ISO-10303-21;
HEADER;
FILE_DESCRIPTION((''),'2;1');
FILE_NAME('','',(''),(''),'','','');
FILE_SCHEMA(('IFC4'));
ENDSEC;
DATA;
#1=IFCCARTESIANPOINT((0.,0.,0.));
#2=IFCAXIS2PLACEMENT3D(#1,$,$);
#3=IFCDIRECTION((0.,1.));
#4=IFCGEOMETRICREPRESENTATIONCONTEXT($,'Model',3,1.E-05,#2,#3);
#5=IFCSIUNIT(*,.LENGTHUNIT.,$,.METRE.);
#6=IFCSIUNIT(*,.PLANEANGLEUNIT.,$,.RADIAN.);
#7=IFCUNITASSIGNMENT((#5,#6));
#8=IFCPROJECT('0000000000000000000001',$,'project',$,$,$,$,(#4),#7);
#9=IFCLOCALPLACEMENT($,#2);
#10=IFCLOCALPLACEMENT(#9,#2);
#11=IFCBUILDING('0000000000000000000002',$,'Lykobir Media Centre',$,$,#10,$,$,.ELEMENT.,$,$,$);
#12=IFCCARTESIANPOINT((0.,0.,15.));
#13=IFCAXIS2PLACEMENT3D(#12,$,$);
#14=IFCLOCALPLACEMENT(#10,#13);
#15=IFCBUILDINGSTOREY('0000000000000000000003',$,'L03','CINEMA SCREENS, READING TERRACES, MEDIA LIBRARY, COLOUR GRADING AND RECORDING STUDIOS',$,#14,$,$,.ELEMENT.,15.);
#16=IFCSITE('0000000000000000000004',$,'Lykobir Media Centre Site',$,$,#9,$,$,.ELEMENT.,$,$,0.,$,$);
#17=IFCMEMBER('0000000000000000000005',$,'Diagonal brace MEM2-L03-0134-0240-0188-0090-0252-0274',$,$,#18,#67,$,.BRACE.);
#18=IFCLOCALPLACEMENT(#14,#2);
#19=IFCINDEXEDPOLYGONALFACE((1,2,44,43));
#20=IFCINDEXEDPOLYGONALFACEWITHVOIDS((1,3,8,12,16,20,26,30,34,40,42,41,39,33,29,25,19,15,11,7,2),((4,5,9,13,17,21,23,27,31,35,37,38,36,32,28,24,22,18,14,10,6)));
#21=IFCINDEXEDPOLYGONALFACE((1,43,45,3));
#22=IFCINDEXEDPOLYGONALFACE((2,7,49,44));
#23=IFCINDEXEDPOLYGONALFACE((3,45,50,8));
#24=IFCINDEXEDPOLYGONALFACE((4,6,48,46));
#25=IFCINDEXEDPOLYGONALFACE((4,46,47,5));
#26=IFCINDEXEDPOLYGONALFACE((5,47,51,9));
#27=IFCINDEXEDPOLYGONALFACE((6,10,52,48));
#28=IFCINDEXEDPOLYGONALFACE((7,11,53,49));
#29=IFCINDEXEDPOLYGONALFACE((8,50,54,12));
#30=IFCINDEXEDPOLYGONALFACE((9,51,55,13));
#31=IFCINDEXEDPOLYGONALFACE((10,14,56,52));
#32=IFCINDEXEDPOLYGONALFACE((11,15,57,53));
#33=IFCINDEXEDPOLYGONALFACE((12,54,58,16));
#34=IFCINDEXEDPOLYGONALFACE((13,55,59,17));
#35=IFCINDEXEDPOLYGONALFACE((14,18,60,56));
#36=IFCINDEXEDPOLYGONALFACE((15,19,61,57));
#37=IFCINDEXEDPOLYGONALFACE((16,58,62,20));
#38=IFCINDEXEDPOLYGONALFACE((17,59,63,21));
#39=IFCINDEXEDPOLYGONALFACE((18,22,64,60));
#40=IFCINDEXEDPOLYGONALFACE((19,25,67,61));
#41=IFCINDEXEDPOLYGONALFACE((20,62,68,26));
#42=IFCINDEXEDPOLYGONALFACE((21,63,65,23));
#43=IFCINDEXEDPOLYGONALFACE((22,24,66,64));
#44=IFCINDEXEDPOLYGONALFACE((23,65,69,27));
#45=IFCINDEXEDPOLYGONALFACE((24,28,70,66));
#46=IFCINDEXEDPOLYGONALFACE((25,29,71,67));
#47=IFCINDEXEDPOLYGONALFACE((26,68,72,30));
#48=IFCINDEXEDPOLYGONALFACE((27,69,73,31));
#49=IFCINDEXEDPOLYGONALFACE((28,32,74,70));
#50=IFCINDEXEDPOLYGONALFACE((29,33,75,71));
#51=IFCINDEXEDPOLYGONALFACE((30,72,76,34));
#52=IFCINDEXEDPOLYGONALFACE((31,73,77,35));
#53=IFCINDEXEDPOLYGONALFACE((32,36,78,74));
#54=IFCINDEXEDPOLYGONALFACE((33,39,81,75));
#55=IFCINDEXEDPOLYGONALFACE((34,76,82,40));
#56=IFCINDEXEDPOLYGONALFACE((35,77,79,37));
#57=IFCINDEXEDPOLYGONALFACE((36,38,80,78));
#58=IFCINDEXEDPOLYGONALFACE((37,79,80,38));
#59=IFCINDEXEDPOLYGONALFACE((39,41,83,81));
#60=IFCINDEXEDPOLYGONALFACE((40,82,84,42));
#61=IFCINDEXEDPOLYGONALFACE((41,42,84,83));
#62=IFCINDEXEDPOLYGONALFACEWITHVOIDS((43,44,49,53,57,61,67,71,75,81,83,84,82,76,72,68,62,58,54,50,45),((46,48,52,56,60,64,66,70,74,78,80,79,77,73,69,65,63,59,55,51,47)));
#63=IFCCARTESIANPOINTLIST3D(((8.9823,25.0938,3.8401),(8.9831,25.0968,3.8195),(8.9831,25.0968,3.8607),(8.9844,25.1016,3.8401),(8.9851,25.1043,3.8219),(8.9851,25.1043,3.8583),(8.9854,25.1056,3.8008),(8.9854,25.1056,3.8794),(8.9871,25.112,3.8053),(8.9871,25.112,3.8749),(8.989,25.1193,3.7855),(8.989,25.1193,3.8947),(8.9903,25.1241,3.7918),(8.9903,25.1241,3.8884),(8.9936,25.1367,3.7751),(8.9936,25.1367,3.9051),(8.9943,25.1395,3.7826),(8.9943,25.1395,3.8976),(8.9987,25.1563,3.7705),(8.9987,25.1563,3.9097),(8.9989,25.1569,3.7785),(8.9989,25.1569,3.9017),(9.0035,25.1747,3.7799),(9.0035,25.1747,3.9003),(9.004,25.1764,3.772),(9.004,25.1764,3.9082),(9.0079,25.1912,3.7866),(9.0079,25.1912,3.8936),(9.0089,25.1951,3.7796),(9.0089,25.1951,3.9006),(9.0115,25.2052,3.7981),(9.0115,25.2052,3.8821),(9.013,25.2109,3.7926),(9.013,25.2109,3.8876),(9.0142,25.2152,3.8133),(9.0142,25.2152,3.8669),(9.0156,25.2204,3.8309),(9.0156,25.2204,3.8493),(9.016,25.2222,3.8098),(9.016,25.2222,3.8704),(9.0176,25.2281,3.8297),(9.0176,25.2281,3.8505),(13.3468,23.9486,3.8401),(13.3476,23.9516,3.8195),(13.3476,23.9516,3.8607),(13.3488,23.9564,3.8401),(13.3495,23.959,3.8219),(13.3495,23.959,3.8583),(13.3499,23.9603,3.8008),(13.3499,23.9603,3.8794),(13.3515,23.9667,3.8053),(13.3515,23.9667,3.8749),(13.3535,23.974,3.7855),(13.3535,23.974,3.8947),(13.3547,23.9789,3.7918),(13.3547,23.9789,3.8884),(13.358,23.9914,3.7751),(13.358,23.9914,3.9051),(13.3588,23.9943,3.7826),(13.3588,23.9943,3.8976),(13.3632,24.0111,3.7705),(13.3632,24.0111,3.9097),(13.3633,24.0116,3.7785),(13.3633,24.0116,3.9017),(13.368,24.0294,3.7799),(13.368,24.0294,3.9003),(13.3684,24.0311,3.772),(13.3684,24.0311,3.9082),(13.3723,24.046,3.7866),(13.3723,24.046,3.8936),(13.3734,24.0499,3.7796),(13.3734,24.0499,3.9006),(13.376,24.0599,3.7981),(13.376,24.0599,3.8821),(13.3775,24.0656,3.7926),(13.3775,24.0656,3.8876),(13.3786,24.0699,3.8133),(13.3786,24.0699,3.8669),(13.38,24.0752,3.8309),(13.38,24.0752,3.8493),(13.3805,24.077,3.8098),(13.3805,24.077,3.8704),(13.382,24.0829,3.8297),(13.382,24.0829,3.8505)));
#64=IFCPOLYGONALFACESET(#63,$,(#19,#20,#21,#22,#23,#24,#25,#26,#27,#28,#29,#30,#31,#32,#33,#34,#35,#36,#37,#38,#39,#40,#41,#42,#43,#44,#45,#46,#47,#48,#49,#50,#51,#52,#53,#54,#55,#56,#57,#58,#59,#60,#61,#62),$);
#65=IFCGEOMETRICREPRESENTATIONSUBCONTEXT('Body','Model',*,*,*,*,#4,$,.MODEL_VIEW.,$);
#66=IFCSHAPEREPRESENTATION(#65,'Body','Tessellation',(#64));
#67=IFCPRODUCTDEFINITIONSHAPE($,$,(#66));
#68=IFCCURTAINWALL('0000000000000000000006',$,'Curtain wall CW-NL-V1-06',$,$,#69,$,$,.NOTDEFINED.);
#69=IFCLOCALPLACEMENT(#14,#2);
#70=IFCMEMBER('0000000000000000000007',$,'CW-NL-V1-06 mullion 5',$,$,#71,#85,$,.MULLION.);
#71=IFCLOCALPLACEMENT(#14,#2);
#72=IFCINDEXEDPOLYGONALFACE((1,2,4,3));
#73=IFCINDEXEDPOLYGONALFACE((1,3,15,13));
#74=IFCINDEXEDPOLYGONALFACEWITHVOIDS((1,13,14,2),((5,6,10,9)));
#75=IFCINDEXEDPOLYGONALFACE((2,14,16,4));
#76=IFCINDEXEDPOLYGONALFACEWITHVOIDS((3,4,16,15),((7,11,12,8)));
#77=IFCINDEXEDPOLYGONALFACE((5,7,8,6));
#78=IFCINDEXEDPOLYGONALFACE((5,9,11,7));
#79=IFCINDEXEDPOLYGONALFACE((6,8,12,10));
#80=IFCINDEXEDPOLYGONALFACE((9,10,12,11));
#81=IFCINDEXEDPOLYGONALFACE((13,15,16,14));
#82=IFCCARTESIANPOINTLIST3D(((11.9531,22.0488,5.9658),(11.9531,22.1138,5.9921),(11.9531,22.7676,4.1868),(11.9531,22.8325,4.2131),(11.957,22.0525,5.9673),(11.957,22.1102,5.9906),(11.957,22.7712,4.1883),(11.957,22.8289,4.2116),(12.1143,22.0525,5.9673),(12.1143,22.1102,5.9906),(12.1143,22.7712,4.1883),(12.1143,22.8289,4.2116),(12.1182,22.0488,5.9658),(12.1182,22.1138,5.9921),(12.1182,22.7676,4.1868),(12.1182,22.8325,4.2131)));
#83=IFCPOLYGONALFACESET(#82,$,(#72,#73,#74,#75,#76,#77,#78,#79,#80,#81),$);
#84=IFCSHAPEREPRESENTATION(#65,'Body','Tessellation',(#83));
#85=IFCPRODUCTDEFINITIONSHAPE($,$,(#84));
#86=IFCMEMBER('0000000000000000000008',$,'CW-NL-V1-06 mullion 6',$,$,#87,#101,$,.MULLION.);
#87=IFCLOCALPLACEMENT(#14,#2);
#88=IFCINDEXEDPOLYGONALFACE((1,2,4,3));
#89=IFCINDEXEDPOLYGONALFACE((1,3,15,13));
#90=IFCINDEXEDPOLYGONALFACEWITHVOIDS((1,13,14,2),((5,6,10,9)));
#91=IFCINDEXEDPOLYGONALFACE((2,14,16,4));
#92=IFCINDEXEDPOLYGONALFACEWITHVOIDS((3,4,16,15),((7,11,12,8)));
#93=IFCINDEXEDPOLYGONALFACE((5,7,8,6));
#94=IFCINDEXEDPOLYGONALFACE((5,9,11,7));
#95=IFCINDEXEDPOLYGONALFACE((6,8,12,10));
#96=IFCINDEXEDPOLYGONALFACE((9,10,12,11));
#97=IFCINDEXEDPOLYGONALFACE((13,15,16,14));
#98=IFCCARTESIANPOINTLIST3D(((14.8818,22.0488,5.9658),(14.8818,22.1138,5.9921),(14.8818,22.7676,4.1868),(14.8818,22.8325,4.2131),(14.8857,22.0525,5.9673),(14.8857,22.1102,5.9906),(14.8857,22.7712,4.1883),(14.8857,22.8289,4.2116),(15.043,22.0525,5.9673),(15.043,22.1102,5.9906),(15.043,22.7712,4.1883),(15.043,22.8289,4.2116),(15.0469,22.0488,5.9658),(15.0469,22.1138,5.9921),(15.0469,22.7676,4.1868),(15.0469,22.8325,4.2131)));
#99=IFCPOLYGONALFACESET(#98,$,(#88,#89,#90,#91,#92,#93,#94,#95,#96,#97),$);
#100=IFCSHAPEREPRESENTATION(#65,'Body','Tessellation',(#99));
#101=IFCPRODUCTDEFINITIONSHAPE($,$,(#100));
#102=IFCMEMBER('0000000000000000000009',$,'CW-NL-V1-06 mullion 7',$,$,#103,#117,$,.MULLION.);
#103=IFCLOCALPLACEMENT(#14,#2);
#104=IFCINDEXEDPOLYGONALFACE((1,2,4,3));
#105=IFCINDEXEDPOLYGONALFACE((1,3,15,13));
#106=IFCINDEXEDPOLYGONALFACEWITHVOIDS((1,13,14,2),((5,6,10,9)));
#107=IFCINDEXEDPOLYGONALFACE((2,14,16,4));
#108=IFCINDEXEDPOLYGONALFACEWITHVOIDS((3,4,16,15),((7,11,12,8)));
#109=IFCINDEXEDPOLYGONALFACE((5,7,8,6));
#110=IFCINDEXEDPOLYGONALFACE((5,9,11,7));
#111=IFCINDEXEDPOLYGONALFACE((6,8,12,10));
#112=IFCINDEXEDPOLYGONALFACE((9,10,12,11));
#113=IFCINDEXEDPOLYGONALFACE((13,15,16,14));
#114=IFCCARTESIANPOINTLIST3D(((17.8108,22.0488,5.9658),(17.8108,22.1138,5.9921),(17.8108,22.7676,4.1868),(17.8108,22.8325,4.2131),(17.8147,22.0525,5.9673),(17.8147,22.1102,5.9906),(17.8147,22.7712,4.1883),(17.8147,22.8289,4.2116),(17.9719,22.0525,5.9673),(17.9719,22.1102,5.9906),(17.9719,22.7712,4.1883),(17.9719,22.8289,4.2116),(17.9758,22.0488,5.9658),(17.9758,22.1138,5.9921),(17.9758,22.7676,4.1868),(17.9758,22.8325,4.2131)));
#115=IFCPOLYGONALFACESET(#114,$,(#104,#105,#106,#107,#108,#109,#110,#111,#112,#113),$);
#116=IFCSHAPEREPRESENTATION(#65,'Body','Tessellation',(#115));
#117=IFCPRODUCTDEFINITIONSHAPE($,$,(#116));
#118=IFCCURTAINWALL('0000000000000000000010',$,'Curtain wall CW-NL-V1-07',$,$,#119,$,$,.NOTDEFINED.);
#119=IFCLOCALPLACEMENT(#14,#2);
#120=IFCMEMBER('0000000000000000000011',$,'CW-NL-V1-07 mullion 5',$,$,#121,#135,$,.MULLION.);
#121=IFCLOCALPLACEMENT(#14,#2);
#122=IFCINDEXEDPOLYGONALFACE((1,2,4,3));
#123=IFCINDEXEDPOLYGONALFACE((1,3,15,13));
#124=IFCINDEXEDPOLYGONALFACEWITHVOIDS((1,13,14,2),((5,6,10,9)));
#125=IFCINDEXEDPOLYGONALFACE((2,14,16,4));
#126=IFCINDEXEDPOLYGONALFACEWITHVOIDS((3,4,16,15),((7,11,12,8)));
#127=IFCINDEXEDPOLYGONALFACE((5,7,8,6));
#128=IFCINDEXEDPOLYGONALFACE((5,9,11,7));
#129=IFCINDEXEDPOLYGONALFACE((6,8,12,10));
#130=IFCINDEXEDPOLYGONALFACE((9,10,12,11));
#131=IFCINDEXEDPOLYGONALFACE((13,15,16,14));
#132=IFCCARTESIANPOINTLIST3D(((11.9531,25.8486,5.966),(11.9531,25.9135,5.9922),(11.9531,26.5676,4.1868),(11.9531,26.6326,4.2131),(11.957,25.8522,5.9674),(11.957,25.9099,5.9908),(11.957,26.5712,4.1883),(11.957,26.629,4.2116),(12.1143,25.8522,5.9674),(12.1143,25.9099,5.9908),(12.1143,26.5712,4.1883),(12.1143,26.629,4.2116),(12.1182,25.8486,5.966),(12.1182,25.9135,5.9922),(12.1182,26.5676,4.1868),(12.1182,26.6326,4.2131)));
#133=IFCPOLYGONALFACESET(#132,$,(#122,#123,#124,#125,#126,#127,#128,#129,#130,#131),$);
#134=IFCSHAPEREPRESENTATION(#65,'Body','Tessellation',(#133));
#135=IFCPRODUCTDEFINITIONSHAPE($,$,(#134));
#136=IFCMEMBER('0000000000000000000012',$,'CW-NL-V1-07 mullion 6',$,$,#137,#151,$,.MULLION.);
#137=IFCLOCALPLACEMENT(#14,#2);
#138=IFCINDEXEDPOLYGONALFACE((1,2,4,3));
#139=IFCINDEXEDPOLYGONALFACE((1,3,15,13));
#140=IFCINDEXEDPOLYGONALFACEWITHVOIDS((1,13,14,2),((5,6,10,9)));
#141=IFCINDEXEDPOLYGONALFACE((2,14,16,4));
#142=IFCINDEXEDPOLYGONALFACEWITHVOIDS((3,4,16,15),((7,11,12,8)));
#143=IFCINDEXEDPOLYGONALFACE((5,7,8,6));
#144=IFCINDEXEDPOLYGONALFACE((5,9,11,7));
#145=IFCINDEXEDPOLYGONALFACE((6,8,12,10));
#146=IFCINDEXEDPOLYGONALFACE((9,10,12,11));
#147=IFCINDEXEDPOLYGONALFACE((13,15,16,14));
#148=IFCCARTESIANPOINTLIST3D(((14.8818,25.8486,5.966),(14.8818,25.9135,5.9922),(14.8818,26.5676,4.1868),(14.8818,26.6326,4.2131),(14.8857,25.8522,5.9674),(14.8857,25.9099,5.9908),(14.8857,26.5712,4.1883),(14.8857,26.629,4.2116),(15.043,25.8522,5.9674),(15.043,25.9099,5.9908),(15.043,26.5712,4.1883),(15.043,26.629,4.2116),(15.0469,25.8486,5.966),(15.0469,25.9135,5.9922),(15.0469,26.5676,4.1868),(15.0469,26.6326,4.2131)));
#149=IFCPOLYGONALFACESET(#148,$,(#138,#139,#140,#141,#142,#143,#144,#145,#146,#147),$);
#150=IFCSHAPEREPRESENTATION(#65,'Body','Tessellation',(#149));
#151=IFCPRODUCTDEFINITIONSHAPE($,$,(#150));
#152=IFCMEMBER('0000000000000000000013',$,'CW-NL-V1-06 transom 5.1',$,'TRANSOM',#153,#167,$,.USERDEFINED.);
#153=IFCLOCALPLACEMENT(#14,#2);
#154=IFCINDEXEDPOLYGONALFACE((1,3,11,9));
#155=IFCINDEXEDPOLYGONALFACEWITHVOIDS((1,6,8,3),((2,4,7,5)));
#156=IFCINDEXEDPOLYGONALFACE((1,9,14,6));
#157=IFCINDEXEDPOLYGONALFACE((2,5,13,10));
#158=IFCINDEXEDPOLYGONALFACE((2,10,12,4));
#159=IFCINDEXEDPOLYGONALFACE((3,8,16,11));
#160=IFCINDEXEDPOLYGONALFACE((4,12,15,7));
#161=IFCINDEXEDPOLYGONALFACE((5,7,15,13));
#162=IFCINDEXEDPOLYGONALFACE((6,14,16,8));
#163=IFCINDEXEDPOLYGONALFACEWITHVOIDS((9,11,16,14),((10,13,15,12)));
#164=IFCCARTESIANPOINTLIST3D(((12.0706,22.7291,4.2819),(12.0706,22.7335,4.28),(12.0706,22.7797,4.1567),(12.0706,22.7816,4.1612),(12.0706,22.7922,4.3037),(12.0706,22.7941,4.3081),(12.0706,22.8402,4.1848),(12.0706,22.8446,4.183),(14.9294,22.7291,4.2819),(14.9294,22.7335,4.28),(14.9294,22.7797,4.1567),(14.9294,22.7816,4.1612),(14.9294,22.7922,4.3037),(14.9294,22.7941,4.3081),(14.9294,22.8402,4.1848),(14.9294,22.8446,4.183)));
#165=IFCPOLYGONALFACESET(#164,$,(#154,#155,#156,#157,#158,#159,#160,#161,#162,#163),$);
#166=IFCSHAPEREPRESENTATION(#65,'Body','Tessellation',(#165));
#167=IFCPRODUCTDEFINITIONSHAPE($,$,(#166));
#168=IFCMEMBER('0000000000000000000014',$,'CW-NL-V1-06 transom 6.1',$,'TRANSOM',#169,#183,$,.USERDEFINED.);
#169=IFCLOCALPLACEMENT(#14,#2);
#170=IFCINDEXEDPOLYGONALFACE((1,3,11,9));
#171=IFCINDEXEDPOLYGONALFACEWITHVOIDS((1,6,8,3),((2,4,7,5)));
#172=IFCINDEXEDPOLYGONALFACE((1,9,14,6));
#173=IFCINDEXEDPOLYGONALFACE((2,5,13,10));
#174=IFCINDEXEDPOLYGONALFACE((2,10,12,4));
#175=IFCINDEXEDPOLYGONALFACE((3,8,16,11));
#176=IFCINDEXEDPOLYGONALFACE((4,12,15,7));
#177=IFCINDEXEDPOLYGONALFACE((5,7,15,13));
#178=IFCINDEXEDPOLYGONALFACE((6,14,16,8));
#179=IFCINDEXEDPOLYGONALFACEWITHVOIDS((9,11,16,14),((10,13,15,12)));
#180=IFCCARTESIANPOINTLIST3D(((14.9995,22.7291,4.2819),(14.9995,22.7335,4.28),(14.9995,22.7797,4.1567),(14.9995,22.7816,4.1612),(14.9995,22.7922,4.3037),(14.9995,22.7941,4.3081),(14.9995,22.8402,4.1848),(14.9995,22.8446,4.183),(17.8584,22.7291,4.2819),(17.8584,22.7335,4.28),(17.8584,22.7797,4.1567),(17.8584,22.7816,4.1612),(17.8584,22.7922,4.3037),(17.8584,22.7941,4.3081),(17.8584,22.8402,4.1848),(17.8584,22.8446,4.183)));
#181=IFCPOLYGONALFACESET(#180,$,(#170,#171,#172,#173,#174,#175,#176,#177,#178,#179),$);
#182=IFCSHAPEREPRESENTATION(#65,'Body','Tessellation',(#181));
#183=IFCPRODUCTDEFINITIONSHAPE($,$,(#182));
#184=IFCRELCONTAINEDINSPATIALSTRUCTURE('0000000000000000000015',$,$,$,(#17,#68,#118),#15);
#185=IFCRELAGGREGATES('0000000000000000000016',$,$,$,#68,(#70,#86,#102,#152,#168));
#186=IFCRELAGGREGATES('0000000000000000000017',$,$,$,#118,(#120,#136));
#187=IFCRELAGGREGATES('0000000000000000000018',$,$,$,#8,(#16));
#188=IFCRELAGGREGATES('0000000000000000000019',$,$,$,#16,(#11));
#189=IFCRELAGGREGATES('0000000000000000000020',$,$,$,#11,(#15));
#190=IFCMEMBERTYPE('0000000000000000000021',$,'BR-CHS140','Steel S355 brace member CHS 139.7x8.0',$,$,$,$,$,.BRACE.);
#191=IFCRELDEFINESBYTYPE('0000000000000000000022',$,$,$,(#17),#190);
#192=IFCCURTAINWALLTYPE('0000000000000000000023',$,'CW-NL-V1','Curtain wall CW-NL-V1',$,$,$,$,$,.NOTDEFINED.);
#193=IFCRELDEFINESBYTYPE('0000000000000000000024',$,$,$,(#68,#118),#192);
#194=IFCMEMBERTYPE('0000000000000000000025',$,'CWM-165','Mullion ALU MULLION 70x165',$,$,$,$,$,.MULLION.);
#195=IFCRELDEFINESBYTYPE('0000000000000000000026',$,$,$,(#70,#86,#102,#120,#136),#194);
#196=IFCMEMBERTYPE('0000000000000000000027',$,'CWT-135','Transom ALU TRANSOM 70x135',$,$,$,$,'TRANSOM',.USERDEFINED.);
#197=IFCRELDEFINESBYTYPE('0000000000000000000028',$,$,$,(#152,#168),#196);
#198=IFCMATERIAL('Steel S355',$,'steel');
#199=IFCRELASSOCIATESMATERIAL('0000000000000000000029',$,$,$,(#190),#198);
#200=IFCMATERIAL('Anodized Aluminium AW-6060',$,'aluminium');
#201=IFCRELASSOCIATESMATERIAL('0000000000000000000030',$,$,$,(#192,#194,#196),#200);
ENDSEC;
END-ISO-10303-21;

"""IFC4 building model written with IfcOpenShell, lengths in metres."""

from ifc_helpers import new_model, si_unit, direction, frame, origin, origin_2d, place, context, subcontext, project, spatial, hollow_rectangle, hollow_circle, extrude, material, material_profile, profile_set, type_object, element, aggregate, save


model = new_model("IFC4")

# Units and contexts
model_context = context("Model", 3, precision=1e-05, world=origin(), true_north=direction((0.0, 1.0)))
body_context = subcontext(model_context, "Body", "Model", "MODEL_VIEW")
ifc_project = project(units=[si_unit("LENGTHUNIT", "METRE"), si_unit("PLANEANGLEUNIT", "RADIAN")], contexts=[model_context])

# Site, building, storey
site_placement = place(None, origin())
site = spatial("IfcSite", under=ifc_project, at=site_placement, Name="Lykobir Media Centre Site", CompositionType="ELEMENT", RefElevation=0.0)
building_placement = place(site_placement, origin())
building = spatial("IfcBuilding", under=site, at=building_placement, Name="Lykobir Media Centre", CompositionType="ELEMENT")
storey_placement = place(building_placement, frame((0.0, 0.0, 15.0)))
storey = spatial("IfcBuildingStorey", under=building, at=storey_placement, Name="L03", Description="CINEMA SCREENS, READING TERRACES, MEDIA LIBRARY, COLOUR GRADING AND RECORDING STUDIOS", CompositionType="ELEMENT", Elevation=15.0)

# Member
ifc_material_1 = material(Name="Steel S355", Category="steel")
ifc_material_profile_1 = material_profile(ifc_material_1, hollow_circle(Radius=0.0698, WallThickness=0.0081, at=origin_2d()), Name="CHS 139.7x8.0")
ifc_profile_set_1 = profile_set([ifc_material_profile_1], Name="Steel S355")
member_type_1 = type_object("IfcMemberType", Name="BR-CHS140", Description="Steel S355 brace member CHS 139.7x8.0", PredefinedType="BRACE", material=ifc_profile_set_1)
member_1_placement = place(storey_placement, frame((13.3645, 24.0161, 3.8401), z_axis=(-0.967254, 0.253811, 0.0), x_axis=(-0.253811, -0.967254, 0.0)))
element("IfcMember", 1, at=member_1_placement, inside=storey, type_object=member_type_1, Name="Diagonal brace MEM2-L03-0134-0240-0188-0090-0252-0274", PredefinedType="BRACE", context=body_context, shape_type="SweptSolid", body=[
    extrude(hollow_circle(Radius=0.0698, WallThickness=0.0081, at=origin_2d()), origin(), (0.0, 0.0, 1.0), 4.5122),
])

# Curtain walls, members
ifc_material_2 = material(Name="Anodized Aluminium AW-6060", Category="aluminium")
curtain_wall_type = type_object("IfcCurtainWallType", Name="CW-NL-V1", Description="Curtain wall CW-NL-V1", PredefinedType="NOTDEFINED", material=ifc_material_2)
curtain_wall_1_placement = place(storey_placement, origin())
curtain_wall_1 = element("IfcCurtainWall", 2, at=curtain_wall_1_placement, inside=storey, type_object=curtain_wall_type, Name="Curtain wall CW-NL-V1-06", PredefinedType="NOTDEFINED")
ifc_material_profile_2 = material_profile(ifc_material_2, hollow_rectangle(XDim=0.0701, YDim=0.165, WallThickness=0.0039, at=origin_2d()), Name="ALU MULLION 70x165")
ifc_profile_set_2 = profile_set([ifc_material_profile_2], Name="Anodized Aluminium AW-6060")
member_type_2 = type_object("IfcMemberType", Name="CWM-165", Description="Mullion ALU MULLION 70x165", PredefinedType="MULLION", material=ifc_profile_set_2)
member_2_placement = place(storey_placement, frame((12.0356, 22.8, 4.2), z_axis=(0.0, -0.374591, 0.92719), x_axis=(0.0, 0.92719, 0.374591)))
member_2 = element("IfcMember", 3, at=member_2_placement, type_object=member_type_2, Name="CW-NL-V1-06 mullion 5", PredefinedType="MULLION", context=body_context, shape_type="SweptSolid", body=[
    extrude(hollow_rectangle(XDim=0.0701, YDim=0.165, WallThickness=0.0039, at=origin_2d()), origin(), (0.0, 0.0, 1.0), 1.9187),
])
member_3_placement = place(storey_placement, frame((14.9644, 22.8, 4.2), z_axis=(0.0, -0.374591, 0.92719), x_axis=(0.0, 0.92719, 0.374591)))
member_3 = element("IfcMember", 4, at=member_3_placement, type_object=member_type_2, Name="CW-NL-V1-06 mullion 6", PredefinedType="MULLION", context=body_context, shape_type="SweptSolid", body=[
    extrude(hollow_rectangle(XDim=0.0701, YDim=0.165, WallThickness=0.0039, at=origin_2d()), origin(), (0.0, 0.0, 1.0), 1.9187),
])
member_4_placement = place(storey_placement, frame((17.8933, 22.8, 4.2), z_axis=(0.0, -0.374591, 0.92719), x_axis=(0.0, 0.92719, 0.374591)))
member_4 = element("IfcMember", 5, at=member_4_placement, type_object=member_type_2, Name="CW-NL-V1-06 mullion 7", PredefinedType="MULLION", context=body_context, shape_type="SweptSolid", body=[
    extrude(hollow_rectangle(XDim=0.0701, YDim=0.165, WallThickness=0.0039, at=origin_2d()), origin(), (0.0, 0.0, 1.0), 1.9187),
])
curtain_wall_2_placement = place(storey_placement, origin())
curtain_wall_2 = element("IfcCurtainWall", 6, at=curtain_wall_2_placement, inside=storey, type_object=curtain_wall_type, Name="Curtain wall CW-NL-V1-07", PredefinedType="NOTDEFINED")
member_5_placement = place(storey_placement, frame((12.0356, 26.6001, 4.2), z_axis=(0.0, -0.374701, 0.927146), x_axis=(0.0, 0.927146, 0.374701)))
member_5 = element("IfcMember", 7, at=member_5_placement, type_object=member_type_2, Name="CW-NL-V1-07 mullion 5", PredefinedType="MULLION", context=body_context, shape_type="SweptSolid", body=[
    extrude(hollow_rectangle(XDim=0.0701, YDim=0.165, WallThickness=0.0039, at=origin_2d()), origin(), (0.0, 0.0, 1.0), 1.9189),
])
member_6_placement = place(storey_placement, frame((14.9644, 26.6001, 4.2), z_axis=(0.0, -0.374701, 0.927146), x_axis=(0.0, 0.927146, 0.374701)))
member_6 = element("IfcMember", 8, at=member_6_placement, type_object=member_type_2, Name="CW-NL-V1-07 mullion 6", PredefinedType="MULLION", context=body_context, shape_type="SweptSolid", body=[
    extrude(hollow_rectangle(XDim=0.0701, YDim=0.165, WallThickness=0.0039, at=origin_2d()), origin(), (0.0, 0.0, 1.0), 1.9189),
])

# Members
ifc_material_profile_3 = material_profile(ifc_material_2, hollow_rectangle(XDim=0.0701, YDim=0.135, WallThickness=0.0034, at=origin_2d()), Name="ALU TRANSOM 70x135")
ifc_profile_set_3 = profile_set([ifc_material_profile_3], Name="Anodized Aluminium AW-6060")
member_type_3 = type_object("IfcMemberType", Name="CWT-135", Description="Transom ALU TRANSOM 70x135", ElementType="TRANSOM", PredefinedType="USERDEFINED", material=ifc_profile_set_3)
member_7_placement = place(storey_placement, frame((12.0706, 22.7869, 4.2324), z_axis=(1.0, 0.0, 0.0), x_axis=(0.0, 0.927184, 0.374607)))
member_7 = element("IfcMember", 9, at=member_7_placement, type_object=member_type_3, Name="CW-NL-V1-06 transom 5.1", ObjectType="TRANSOM", PredefinedType="USERDEFINED", context=body_context, shape_type="SweptSolid", body=[
    extrude(hollow_rectangle(XDim=0.0701, YDim=0.135, WallThickness=0.0034, at=origin_2d()), origin(), (0.0, 0.0, 1.0), 2.8589),
])
member_8_placement = place(storey_placement, frame((14.9995, 22.7869, 4.2324), z_axis=(1.0, 0.0, 0.0), x_axis=(0.0, 0.927184, 0.374607)))
member_8 = element("IfcMember", 10, at=member_8_placement, type_object=member_type_3, Name="CW-NL-V1-06 transom 6.1", ObjectType="TRANSOM", PredefinedType="USERDEFINED", context=body_context, shape_type="SweptSolid", body=[
    extrude(hollow_rectangle(XDim=0.0701, YDim=0.135, WallThickness=0.0034, at=origin_2d()), origin(), (0.0, 0.0, 1.0), 2.8589),
])

aggregate(curtain_wall_1, [member_2, member_3, member_4, member_7, member_8])
aggregate(curtain_wall_2, [member_5, member_6])

save(model, "model.ifc")
